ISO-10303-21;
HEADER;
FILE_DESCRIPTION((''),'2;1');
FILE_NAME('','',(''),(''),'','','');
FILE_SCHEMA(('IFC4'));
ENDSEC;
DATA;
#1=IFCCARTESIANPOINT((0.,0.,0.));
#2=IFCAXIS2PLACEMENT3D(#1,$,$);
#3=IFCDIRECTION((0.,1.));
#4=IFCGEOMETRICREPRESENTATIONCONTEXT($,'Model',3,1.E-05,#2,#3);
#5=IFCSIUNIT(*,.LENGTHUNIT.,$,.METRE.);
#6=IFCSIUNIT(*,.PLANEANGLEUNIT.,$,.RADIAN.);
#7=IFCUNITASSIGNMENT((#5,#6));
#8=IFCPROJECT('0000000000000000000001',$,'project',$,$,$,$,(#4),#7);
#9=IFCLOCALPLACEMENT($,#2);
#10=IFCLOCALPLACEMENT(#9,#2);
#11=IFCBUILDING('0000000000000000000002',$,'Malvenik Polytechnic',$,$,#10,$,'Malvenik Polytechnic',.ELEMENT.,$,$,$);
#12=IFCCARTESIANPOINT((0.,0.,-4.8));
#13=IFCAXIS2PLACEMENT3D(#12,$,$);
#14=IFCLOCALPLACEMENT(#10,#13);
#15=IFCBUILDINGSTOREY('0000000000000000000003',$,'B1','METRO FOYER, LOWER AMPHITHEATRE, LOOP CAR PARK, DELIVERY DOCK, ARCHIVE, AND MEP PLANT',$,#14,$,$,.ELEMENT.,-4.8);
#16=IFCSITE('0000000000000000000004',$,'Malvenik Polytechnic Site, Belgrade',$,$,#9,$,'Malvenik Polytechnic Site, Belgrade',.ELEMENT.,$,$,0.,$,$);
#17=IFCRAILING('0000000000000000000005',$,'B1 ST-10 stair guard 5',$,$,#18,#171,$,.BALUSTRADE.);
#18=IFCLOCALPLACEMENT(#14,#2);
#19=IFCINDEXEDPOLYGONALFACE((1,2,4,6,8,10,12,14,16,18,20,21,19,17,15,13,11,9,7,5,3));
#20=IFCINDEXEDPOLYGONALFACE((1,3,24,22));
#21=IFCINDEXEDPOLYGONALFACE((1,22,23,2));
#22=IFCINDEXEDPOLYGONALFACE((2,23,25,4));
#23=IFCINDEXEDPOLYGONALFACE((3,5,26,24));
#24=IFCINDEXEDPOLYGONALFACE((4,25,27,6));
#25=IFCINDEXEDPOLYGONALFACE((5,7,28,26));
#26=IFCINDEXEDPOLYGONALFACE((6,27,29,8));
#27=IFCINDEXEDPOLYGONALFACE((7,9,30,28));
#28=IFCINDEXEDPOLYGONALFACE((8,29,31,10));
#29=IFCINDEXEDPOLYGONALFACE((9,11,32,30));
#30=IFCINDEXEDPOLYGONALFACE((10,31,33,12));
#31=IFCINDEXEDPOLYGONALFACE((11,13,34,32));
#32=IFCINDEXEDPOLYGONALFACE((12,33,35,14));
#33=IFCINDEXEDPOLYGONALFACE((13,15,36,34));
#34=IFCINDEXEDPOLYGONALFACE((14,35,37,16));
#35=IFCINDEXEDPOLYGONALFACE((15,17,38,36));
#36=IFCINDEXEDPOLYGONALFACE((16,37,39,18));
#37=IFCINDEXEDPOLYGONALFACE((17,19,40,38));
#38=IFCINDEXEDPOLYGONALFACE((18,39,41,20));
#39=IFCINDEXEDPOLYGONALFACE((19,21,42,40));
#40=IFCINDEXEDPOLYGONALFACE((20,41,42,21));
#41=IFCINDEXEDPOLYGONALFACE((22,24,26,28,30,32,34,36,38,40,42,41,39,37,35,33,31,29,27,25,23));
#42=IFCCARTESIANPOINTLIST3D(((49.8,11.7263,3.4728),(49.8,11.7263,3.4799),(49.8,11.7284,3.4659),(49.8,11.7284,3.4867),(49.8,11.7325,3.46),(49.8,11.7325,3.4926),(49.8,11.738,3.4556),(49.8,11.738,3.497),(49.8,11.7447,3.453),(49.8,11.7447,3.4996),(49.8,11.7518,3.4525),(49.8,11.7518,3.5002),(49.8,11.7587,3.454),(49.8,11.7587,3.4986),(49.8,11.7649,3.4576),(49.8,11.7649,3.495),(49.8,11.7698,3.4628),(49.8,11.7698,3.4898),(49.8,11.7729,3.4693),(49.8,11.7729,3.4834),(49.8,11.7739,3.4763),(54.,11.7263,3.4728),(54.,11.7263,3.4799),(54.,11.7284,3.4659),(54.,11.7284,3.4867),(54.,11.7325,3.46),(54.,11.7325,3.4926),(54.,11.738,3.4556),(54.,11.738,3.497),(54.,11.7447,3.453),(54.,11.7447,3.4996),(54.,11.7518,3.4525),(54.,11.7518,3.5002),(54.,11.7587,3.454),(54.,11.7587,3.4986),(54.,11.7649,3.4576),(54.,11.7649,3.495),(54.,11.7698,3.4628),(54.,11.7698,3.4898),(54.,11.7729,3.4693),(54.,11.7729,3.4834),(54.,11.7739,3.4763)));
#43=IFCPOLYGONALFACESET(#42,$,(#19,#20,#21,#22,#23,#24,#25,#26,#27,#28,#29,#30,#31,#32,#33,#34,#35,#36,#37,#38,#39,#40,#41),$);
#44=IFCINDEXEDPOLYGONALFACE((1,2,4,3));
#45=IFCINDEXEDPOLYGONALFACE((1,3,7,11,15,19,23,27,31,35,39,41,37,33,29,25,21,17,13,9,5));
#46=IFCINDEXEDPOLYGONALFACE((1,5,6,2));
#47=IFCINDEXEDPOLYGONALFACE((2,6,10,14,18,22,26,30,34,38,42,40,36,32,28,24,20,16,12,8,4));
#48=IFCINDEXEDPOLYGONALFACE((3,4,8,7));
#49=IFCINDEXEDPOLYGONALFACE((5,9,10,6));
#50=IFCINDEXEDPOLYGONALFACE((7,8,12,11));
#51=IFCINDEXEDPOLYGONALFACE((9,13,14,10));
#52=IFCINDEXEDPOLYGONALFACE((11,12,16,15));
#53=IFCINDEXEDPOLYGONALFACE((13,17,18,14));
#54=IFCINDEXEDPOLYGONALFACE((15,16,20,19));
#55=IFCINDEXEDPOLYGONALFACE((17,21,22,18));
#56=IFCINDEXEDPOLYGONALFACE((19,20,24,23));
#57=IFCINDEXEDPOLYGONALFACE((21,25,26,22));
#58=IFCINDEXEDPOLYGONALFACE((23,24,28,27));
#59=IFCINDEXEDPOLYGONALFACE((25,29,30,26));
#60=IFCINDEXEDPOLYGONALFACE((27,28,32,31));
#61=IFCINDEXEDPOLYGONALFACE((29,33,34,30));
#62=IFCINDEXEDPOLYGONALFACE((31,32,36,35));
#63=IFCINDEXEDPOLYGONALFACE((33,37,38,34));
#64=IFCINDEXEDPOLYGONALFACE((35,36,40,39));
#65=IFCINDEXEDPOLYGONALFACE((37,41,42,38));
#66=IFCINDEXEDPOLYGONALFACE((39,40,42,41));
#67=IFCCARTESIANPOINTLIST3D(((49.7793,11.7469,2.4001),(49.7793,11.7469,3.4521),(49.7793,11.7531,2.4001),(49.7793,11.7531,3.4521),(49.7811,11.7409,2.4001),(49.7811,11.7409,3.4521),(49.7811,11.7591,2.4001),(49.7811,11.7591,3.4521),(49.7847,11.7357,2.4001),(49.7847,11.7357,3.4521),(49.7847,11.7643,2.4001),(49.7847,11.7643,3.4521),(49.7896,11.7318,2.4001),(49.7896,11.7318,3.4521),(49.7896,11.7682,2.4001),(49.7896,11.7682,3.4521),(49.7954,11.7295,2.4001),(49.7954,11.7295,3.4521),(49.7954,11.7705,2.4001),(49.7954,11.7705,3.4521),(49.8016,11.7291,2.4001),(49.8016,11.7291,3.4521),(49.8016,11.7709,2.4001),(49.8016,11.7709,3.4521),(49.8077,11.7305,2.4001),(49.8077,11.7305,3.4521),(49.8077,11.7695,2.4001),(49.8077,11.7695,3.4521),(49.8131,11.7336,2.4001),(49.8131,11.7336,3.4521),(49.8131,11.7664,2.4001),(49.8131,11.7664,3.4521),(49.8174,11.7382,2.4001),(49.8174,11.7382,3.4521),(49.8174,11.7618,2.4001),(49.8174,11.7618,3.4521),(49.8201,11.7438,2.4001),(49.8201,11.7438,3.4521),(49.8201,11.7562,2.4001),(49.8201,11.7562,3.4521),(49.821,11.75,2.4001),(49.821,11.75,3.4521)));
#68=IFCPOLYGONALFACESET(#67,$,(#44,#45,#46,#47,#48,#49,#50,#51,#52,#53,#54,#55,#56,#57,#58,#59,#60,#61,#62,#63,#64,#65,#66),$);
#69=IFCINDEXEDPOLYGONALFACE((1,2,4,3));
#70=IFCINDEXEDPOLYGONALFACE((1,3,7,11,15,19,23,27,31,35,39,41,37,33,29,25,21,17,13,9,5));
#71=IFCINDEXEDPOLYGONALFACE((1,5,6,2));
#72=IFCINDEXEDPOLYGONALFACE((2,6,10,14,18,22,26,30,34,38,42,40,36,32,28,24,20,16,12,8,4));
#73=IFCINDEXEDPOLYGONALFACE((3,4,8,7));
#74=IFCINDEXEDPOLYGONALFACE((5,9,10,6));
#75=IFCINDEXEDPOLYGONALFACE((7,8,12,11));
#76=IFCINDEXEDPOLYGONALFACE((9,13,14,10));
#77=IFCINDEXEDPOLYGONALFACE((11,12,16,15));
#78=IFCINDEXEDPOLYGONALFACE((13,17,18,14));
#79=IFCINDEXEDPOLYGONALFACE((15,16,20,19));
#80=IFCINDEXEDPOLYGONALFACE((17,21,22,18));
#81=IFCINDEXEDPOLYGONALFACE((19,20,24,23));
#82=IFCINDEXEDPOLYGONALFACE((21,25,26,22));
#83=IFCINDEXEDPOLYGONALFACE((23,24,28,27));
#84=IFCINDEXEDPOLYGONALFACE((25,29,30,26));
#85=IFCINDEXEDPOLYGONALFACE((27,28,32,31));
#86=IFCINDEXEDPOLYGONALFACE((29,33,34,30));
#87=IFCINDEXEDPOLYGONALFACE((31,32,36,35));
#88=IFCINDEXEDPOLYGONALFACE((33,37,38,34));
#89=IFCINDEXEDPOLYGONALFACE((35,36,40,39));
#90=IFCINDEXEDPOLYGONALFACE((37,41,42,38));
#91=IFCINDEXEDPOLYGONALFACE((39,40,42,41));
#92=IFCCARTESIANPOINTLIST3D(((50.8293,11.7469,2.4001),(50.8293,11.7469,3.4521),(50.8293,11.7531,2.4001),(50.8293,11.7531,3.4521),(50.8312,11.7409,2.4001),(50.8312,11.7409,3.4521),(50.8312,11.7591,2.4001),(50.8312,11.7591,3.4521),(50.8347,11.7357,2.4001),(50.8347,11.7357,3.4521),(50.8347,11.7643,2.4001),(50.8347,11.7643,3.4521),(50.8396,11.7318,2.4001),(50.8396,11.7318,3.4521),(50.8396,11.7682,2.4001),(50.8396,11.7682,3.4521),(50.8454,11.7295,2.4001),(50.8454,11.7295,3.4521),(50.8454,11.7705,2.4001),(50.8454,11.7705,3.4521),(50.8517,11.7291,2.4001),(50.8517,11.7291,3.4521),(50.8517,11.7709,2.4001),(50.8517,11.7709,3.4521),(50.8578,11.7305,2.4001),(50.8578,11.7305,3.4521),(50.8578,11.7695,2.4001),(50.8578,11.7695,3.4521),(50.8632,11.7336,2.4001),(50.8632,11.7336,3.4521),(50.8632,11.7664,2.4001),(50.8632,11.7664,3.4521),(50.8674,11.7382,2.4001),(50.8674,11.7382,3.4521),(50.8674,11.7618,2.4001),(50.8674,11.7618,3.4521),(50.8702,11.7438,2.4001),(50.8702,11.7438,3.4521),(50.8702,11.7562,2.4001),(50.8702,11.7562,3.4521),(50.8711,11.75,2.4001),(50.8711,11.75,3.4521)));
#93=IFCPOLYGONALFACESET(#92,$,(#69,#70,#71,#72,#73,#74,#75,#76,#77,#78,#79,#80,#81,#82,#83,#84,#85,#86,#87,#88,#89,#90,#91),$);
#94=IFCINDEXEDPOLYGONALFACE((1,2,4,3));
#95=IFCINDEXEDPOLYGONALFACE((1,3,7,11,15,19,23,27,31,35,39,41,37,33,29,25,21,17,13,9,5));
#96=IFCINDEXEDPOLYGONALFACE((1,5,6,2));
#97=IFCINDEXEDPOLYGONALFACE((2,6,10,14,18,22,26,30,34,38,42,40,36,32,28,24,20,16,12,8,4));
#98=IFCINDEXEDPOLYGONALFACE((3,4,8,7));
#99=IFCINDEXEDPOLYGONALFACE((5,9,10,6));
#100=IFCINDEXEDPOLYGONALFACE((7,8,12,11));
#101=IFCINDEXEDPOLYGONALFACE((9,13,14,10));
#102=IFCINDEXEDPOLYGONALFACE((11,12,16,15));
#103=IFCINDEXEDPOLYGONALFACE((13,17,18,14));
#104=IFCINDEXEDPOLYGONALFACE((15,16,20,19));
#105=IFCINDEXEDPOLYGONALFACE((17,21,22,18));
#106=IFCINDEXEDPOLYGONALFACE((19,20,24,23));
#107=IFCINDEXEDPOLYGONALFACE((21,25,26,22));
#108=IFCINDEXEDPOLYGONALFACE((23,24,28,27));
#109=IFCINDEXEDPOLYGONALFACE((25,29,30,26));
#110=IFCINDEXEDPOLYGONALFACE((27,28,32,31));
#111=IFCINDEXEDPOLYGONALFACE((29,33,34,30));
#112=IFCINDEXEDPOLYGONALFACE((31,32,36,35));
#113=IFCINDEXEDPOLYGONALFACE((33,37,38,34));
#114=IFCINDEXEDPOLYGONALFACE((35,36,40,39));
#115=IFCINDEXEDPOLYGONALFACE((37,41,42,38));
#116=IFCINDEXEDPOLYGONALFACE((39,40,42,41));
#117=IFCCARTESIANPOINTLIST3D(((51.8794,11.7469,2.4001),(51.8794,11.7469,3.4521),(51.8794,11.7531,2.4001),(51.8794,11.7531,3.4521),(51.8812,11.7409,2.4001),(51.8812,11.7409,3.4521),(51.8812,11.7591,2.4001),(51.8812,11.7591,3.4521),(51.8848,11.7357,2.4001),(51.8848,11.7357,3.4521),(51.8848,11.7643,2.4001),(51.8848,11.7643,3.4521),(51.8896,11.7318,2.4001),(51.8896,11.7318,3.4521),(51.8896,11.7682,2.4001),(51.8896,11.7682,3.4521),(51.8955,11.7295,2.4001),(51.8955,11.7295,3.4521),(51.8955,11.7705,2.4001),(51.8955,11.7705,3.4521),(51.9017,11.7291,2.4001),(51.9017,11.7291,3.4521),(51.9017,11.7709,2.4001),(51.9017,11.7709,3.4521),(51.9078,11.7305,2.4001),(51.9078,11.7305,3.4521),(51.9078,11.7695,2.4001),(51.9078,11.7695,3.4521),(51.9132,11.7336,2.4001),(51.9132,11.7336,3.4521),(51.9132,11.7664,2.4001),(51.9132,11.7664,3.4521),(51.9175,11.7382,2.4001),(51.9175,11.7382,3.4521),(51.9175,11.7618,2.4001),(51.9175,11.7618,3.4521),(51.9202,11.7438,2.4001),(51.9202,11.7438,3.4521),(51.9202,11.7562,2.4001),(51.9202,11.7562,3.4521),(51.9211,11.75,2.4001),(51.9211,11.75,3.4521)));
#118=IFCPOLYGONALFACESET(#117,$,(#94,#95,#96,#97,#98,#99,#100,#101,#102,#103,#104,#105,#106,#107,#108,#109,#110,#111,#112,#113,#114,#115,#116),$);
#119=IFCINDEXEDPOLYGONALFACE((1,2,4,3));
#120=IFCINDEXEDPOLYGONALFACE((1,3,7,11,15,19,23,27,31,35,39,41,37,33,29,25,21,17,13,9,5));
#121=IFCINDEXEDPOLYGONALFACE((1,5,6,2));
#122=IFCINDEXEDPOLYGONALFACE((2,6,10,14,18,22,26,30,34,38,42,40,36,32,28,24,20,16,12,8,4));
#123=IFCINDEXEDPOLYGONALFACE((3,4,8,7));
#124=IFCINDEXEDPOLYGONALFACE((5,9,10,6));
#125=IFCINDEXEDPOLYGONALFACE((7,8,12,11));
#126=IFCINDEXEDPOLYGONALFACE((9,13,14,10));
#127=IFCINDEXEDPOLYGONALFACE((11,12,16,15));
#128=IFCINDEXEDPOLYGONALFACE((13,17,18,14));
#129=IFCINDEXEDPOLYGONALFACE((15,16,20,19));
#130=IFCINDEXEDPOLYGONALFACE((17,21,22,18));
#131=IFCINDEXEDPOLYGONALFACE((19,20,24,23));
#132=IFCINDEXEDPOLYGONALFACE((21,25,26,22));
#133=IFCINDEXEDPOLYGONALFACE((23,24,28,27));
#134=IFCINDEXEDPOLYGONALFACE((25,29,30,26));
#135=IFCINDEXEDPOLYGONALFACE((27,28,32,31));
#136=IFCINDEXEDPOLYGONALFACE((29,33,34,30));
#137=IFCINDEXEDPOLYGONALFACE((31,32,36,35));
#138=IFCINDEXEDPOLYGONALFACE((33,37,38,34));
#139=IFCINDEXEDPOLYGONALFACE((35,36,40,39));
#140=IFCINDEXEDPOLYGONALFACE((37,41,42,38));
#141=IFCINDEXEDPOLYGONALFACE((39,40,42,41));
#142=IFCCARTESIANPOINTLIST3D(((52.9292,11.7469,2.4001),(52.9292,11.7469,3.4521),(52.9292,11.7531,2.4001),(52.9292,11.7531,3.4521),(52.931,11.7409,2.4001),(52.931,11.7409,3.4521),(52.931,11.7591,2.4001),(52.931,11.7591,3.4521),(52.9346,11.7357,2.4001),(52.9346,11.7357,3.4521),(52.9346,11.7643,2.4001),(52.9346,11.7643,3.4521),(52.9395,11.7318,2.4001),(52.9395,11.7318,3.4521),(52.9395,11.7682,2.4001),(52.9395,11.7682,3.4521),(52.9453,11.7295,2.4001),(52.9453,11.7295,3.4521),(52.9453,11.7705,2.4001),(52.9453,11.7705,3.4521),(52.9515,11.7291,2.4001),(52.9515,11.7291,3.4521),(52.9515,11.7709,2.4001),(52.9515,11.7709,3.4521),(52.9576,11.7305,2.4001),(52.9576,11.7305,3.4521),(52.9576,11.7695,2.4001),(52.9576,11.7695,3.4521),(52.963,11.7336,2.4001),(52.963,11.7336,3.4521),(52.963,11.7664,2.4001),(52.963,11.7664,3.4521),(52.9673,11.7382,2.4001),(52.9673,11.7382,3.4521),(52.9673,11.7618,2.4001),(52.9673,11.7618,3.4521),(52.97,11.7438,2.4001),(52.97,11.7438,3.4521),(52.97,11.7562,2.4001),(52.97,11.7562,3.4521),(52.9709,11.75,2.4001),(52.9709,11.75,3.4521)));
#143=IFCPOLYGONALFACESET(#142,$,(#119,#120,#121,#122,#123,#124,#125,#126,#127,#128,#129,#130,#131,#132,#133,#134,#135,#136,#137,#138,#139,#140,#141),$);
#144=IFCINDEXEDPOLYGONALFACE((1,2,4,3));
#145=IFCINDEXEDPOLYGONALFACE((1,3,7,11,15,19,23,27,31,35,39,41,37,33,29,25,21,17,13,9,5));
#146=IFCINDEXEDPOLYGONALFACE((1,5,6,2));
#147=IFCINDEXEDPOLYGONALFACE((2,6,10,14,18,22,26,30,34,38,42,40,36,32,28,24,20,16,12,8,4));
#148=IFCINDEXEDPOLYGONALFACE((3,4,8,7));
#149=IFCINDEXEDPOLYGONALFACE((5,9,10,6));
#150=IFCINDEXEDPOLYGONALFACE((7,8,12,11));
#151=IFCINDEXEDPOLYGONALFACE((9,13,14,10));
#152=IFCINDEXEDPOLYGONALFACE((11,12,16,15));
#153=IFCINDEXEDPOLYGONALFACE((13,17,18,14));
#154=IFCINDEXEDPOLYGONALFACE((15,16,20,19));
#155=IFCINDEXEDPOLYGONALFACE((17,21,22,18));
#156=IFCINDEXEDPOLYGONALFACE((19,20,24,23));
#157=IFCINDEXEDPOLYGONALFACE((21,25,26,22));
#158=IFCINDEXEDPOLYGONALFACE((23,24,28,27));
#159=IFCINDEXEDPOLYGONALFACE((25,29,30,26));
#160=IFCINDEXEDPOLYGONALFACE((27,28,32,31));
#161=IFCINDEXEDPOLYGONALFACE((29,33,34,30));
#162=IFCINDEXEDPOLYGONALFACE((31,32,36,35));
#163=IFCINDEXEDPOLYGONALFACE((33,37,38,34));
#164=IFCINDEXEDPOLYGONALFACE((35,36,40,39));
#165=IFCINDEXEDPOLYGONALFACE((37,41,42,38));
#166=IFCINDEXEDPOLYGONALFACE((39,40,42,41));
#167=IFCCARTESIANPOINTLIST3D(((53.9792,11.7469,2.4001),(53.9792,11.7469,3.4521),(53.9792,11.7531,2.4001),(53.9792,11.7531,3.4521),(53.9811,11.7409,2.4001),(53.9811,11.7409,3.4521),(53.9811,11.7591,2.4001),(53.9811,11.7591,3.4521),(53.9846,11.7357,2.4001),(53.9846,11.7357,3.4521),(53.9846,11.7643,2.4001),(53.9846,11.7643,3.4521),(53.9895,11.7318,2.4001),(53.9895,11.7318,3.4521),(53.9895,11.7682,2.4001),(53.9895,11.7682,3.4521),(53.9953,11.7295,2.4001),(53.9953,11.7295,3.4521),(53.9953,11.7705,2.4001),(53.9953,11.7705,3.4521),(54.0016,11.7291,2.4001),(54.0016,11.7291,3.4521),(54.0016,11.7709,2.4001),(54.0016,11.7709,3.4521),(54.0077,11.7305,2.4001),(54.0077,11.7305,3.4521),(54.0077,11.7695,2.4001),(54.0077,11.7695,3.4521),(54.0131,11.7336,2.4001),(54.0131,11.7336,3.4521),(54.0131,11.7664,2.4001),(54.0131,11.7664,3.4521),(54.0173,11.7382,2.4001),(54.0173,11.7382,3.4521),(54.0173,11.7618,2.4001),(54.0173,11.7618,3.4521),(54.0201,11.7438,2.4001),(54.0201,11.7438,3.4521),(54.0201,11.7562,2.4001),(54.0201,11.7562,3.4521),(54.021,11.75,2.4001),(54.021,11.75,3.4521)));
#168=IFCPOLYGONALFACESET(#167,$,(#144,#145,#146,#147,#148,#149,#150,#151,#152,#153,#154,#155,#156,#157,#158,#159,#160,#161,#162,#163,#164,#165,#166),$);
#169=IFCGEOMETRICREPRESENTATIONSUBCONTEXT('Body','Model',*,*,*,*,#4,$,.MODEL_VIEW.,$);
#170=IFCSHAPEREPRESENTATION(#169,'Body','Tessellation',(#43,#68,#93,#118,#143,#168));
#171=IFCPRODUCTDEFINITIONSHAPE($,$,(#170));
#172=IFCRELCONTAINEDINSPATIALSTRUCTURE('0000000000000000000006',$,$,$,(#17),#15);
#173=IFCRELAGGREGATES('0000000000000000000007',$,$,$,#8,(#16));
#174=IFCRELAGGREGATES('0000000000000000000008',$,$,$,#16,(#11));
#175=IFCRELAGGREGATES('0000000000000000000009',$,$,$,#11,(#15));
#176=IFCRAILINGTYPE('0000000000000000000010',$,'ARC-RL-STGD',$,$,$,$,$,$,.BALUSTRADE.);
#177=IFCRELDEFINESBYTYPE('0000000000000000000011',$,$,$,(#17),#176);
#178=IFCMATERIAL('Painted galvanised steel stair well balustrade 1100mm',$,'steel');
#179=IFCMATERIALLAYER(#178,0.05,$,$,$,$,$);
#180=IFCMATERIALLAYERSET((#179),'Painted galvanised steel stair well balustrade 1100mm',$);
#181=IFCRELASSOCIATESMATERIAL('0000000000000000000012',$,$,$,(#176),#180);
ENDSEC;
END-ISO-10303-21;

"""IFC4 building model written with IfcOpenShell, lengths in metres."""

from ifc_helpers import new_model, si_unit, direction, frame, origin, origin_2d, place, context, subcontext, project, spatial, circle, extrude, material, layer, layer_set, type_object, element, save


model = new_model("IFC4")

# Units and contexts
model_context = context("Model", 3, precision=1e-05, world=origin(), true_north=direction((0.0, 1.0)))
body_context = subcontext(model_context, "Body", "Model", "MODEL_VIEW")
ifc_project = project(units=[si_unit("LENGTHUNIT", "METRE"), si_unit("PLANEANGLEUNIT", "RADIAN")], contexts=[model_context])

# Site, building, storey
site_placement = place(None, origin())
site = spatial("IfcSite", under=ifc_project, at=site_placement, Name="Malvenik Polytechnic Site, Belgrade", LongName="Malvenik Polytechnic Site, Belgrade", CompositionType="ELEMENT", RefElevation=0.0)
building_placement = place(site_placement, origin())
building = spatial("IfcBuilding", under=site, at=building_placement, Name="Malvenik Polytechnic", LongName="Malvenik Polytechnic", CompositionType="ELEMENT")
storey_placement = place(building_placement, frame((0.0, 0.0, -4.8)))
storey = spatial("IfcBuildingStorey", under=building, at=storey_placement, Name="B1", Description="METRO FOYER, LOWER AMPHITHEATRE, LOOP CAR PARK, DELIVERY DOCK, ARCHIVE, AND MEP PLANT", CompositionType="ELEMENT", Elevation=-4.8)

# Railing
ifc_material_1 = material(Name="Painted galvanised steel stair well balustrade 1100mm", Category="steel")
ifc_layer_1 = layer(ifc_material_1, 0.05)
ifc_layer_set_1 = layer_set([ifc_layer_1], Name="Painted galvanised steel stair well balustrade 1100mm")
railing_type_1 = type_object("IfcRailingType", Name="ARC-RL-STGD", PredefinedType="BALUSTRADE", material=ifc_layer_set_1)
railing_1_placement = place(storey_placement, frame((49.8, 11.75, 2.4001)))
element("IfcRailing", 1, at=railing_1_placement, inside=storey, type_object=railing_type_1, Name="B1 ST-10 stair guard 5", PredefinedType="BALUSTRADE", context=body_context, shape_type="SweptSolid", body=[
    extrude(circle(Radius=0.0239, at=origin_2d()), frame((0.0, 0.0, 1.0762), z_axis=(1.0, 0.0, 0.0), x_axis=(0.0, 1.0, 0.0)), (0.0, 0.0, 1.0), 4.2),
    extrude(circle(Radius=0.021, at=origin_2d()), origin(), (0.0, 0.0, 1.0), 1.052),
    extrude(circle(Radius=0.021, at=origin_2d()), frame((1.05, 0.0, 0.0)), (0.0, 0.0, 1.0), 1.052),
    extrude(circle(Radius=0.021, at=origin_2d()), frame((2.1001, 0.0, 0.0)), (0.0, 0.0, 1.0), 1.052),
    extrude(circle(Radius=0.021, at=origin_2d()), frame((3.1499, 0.0, 0.0)), (0.0, 0.0, 1.0), 1.052),
    extrude(circle(Radius=0.021, at=origin_2d()), frame((4.2, 0.0, 0.0)), (0.0, 0.0, 1.0), 1.052),
])

save(model, "model.ifc")
